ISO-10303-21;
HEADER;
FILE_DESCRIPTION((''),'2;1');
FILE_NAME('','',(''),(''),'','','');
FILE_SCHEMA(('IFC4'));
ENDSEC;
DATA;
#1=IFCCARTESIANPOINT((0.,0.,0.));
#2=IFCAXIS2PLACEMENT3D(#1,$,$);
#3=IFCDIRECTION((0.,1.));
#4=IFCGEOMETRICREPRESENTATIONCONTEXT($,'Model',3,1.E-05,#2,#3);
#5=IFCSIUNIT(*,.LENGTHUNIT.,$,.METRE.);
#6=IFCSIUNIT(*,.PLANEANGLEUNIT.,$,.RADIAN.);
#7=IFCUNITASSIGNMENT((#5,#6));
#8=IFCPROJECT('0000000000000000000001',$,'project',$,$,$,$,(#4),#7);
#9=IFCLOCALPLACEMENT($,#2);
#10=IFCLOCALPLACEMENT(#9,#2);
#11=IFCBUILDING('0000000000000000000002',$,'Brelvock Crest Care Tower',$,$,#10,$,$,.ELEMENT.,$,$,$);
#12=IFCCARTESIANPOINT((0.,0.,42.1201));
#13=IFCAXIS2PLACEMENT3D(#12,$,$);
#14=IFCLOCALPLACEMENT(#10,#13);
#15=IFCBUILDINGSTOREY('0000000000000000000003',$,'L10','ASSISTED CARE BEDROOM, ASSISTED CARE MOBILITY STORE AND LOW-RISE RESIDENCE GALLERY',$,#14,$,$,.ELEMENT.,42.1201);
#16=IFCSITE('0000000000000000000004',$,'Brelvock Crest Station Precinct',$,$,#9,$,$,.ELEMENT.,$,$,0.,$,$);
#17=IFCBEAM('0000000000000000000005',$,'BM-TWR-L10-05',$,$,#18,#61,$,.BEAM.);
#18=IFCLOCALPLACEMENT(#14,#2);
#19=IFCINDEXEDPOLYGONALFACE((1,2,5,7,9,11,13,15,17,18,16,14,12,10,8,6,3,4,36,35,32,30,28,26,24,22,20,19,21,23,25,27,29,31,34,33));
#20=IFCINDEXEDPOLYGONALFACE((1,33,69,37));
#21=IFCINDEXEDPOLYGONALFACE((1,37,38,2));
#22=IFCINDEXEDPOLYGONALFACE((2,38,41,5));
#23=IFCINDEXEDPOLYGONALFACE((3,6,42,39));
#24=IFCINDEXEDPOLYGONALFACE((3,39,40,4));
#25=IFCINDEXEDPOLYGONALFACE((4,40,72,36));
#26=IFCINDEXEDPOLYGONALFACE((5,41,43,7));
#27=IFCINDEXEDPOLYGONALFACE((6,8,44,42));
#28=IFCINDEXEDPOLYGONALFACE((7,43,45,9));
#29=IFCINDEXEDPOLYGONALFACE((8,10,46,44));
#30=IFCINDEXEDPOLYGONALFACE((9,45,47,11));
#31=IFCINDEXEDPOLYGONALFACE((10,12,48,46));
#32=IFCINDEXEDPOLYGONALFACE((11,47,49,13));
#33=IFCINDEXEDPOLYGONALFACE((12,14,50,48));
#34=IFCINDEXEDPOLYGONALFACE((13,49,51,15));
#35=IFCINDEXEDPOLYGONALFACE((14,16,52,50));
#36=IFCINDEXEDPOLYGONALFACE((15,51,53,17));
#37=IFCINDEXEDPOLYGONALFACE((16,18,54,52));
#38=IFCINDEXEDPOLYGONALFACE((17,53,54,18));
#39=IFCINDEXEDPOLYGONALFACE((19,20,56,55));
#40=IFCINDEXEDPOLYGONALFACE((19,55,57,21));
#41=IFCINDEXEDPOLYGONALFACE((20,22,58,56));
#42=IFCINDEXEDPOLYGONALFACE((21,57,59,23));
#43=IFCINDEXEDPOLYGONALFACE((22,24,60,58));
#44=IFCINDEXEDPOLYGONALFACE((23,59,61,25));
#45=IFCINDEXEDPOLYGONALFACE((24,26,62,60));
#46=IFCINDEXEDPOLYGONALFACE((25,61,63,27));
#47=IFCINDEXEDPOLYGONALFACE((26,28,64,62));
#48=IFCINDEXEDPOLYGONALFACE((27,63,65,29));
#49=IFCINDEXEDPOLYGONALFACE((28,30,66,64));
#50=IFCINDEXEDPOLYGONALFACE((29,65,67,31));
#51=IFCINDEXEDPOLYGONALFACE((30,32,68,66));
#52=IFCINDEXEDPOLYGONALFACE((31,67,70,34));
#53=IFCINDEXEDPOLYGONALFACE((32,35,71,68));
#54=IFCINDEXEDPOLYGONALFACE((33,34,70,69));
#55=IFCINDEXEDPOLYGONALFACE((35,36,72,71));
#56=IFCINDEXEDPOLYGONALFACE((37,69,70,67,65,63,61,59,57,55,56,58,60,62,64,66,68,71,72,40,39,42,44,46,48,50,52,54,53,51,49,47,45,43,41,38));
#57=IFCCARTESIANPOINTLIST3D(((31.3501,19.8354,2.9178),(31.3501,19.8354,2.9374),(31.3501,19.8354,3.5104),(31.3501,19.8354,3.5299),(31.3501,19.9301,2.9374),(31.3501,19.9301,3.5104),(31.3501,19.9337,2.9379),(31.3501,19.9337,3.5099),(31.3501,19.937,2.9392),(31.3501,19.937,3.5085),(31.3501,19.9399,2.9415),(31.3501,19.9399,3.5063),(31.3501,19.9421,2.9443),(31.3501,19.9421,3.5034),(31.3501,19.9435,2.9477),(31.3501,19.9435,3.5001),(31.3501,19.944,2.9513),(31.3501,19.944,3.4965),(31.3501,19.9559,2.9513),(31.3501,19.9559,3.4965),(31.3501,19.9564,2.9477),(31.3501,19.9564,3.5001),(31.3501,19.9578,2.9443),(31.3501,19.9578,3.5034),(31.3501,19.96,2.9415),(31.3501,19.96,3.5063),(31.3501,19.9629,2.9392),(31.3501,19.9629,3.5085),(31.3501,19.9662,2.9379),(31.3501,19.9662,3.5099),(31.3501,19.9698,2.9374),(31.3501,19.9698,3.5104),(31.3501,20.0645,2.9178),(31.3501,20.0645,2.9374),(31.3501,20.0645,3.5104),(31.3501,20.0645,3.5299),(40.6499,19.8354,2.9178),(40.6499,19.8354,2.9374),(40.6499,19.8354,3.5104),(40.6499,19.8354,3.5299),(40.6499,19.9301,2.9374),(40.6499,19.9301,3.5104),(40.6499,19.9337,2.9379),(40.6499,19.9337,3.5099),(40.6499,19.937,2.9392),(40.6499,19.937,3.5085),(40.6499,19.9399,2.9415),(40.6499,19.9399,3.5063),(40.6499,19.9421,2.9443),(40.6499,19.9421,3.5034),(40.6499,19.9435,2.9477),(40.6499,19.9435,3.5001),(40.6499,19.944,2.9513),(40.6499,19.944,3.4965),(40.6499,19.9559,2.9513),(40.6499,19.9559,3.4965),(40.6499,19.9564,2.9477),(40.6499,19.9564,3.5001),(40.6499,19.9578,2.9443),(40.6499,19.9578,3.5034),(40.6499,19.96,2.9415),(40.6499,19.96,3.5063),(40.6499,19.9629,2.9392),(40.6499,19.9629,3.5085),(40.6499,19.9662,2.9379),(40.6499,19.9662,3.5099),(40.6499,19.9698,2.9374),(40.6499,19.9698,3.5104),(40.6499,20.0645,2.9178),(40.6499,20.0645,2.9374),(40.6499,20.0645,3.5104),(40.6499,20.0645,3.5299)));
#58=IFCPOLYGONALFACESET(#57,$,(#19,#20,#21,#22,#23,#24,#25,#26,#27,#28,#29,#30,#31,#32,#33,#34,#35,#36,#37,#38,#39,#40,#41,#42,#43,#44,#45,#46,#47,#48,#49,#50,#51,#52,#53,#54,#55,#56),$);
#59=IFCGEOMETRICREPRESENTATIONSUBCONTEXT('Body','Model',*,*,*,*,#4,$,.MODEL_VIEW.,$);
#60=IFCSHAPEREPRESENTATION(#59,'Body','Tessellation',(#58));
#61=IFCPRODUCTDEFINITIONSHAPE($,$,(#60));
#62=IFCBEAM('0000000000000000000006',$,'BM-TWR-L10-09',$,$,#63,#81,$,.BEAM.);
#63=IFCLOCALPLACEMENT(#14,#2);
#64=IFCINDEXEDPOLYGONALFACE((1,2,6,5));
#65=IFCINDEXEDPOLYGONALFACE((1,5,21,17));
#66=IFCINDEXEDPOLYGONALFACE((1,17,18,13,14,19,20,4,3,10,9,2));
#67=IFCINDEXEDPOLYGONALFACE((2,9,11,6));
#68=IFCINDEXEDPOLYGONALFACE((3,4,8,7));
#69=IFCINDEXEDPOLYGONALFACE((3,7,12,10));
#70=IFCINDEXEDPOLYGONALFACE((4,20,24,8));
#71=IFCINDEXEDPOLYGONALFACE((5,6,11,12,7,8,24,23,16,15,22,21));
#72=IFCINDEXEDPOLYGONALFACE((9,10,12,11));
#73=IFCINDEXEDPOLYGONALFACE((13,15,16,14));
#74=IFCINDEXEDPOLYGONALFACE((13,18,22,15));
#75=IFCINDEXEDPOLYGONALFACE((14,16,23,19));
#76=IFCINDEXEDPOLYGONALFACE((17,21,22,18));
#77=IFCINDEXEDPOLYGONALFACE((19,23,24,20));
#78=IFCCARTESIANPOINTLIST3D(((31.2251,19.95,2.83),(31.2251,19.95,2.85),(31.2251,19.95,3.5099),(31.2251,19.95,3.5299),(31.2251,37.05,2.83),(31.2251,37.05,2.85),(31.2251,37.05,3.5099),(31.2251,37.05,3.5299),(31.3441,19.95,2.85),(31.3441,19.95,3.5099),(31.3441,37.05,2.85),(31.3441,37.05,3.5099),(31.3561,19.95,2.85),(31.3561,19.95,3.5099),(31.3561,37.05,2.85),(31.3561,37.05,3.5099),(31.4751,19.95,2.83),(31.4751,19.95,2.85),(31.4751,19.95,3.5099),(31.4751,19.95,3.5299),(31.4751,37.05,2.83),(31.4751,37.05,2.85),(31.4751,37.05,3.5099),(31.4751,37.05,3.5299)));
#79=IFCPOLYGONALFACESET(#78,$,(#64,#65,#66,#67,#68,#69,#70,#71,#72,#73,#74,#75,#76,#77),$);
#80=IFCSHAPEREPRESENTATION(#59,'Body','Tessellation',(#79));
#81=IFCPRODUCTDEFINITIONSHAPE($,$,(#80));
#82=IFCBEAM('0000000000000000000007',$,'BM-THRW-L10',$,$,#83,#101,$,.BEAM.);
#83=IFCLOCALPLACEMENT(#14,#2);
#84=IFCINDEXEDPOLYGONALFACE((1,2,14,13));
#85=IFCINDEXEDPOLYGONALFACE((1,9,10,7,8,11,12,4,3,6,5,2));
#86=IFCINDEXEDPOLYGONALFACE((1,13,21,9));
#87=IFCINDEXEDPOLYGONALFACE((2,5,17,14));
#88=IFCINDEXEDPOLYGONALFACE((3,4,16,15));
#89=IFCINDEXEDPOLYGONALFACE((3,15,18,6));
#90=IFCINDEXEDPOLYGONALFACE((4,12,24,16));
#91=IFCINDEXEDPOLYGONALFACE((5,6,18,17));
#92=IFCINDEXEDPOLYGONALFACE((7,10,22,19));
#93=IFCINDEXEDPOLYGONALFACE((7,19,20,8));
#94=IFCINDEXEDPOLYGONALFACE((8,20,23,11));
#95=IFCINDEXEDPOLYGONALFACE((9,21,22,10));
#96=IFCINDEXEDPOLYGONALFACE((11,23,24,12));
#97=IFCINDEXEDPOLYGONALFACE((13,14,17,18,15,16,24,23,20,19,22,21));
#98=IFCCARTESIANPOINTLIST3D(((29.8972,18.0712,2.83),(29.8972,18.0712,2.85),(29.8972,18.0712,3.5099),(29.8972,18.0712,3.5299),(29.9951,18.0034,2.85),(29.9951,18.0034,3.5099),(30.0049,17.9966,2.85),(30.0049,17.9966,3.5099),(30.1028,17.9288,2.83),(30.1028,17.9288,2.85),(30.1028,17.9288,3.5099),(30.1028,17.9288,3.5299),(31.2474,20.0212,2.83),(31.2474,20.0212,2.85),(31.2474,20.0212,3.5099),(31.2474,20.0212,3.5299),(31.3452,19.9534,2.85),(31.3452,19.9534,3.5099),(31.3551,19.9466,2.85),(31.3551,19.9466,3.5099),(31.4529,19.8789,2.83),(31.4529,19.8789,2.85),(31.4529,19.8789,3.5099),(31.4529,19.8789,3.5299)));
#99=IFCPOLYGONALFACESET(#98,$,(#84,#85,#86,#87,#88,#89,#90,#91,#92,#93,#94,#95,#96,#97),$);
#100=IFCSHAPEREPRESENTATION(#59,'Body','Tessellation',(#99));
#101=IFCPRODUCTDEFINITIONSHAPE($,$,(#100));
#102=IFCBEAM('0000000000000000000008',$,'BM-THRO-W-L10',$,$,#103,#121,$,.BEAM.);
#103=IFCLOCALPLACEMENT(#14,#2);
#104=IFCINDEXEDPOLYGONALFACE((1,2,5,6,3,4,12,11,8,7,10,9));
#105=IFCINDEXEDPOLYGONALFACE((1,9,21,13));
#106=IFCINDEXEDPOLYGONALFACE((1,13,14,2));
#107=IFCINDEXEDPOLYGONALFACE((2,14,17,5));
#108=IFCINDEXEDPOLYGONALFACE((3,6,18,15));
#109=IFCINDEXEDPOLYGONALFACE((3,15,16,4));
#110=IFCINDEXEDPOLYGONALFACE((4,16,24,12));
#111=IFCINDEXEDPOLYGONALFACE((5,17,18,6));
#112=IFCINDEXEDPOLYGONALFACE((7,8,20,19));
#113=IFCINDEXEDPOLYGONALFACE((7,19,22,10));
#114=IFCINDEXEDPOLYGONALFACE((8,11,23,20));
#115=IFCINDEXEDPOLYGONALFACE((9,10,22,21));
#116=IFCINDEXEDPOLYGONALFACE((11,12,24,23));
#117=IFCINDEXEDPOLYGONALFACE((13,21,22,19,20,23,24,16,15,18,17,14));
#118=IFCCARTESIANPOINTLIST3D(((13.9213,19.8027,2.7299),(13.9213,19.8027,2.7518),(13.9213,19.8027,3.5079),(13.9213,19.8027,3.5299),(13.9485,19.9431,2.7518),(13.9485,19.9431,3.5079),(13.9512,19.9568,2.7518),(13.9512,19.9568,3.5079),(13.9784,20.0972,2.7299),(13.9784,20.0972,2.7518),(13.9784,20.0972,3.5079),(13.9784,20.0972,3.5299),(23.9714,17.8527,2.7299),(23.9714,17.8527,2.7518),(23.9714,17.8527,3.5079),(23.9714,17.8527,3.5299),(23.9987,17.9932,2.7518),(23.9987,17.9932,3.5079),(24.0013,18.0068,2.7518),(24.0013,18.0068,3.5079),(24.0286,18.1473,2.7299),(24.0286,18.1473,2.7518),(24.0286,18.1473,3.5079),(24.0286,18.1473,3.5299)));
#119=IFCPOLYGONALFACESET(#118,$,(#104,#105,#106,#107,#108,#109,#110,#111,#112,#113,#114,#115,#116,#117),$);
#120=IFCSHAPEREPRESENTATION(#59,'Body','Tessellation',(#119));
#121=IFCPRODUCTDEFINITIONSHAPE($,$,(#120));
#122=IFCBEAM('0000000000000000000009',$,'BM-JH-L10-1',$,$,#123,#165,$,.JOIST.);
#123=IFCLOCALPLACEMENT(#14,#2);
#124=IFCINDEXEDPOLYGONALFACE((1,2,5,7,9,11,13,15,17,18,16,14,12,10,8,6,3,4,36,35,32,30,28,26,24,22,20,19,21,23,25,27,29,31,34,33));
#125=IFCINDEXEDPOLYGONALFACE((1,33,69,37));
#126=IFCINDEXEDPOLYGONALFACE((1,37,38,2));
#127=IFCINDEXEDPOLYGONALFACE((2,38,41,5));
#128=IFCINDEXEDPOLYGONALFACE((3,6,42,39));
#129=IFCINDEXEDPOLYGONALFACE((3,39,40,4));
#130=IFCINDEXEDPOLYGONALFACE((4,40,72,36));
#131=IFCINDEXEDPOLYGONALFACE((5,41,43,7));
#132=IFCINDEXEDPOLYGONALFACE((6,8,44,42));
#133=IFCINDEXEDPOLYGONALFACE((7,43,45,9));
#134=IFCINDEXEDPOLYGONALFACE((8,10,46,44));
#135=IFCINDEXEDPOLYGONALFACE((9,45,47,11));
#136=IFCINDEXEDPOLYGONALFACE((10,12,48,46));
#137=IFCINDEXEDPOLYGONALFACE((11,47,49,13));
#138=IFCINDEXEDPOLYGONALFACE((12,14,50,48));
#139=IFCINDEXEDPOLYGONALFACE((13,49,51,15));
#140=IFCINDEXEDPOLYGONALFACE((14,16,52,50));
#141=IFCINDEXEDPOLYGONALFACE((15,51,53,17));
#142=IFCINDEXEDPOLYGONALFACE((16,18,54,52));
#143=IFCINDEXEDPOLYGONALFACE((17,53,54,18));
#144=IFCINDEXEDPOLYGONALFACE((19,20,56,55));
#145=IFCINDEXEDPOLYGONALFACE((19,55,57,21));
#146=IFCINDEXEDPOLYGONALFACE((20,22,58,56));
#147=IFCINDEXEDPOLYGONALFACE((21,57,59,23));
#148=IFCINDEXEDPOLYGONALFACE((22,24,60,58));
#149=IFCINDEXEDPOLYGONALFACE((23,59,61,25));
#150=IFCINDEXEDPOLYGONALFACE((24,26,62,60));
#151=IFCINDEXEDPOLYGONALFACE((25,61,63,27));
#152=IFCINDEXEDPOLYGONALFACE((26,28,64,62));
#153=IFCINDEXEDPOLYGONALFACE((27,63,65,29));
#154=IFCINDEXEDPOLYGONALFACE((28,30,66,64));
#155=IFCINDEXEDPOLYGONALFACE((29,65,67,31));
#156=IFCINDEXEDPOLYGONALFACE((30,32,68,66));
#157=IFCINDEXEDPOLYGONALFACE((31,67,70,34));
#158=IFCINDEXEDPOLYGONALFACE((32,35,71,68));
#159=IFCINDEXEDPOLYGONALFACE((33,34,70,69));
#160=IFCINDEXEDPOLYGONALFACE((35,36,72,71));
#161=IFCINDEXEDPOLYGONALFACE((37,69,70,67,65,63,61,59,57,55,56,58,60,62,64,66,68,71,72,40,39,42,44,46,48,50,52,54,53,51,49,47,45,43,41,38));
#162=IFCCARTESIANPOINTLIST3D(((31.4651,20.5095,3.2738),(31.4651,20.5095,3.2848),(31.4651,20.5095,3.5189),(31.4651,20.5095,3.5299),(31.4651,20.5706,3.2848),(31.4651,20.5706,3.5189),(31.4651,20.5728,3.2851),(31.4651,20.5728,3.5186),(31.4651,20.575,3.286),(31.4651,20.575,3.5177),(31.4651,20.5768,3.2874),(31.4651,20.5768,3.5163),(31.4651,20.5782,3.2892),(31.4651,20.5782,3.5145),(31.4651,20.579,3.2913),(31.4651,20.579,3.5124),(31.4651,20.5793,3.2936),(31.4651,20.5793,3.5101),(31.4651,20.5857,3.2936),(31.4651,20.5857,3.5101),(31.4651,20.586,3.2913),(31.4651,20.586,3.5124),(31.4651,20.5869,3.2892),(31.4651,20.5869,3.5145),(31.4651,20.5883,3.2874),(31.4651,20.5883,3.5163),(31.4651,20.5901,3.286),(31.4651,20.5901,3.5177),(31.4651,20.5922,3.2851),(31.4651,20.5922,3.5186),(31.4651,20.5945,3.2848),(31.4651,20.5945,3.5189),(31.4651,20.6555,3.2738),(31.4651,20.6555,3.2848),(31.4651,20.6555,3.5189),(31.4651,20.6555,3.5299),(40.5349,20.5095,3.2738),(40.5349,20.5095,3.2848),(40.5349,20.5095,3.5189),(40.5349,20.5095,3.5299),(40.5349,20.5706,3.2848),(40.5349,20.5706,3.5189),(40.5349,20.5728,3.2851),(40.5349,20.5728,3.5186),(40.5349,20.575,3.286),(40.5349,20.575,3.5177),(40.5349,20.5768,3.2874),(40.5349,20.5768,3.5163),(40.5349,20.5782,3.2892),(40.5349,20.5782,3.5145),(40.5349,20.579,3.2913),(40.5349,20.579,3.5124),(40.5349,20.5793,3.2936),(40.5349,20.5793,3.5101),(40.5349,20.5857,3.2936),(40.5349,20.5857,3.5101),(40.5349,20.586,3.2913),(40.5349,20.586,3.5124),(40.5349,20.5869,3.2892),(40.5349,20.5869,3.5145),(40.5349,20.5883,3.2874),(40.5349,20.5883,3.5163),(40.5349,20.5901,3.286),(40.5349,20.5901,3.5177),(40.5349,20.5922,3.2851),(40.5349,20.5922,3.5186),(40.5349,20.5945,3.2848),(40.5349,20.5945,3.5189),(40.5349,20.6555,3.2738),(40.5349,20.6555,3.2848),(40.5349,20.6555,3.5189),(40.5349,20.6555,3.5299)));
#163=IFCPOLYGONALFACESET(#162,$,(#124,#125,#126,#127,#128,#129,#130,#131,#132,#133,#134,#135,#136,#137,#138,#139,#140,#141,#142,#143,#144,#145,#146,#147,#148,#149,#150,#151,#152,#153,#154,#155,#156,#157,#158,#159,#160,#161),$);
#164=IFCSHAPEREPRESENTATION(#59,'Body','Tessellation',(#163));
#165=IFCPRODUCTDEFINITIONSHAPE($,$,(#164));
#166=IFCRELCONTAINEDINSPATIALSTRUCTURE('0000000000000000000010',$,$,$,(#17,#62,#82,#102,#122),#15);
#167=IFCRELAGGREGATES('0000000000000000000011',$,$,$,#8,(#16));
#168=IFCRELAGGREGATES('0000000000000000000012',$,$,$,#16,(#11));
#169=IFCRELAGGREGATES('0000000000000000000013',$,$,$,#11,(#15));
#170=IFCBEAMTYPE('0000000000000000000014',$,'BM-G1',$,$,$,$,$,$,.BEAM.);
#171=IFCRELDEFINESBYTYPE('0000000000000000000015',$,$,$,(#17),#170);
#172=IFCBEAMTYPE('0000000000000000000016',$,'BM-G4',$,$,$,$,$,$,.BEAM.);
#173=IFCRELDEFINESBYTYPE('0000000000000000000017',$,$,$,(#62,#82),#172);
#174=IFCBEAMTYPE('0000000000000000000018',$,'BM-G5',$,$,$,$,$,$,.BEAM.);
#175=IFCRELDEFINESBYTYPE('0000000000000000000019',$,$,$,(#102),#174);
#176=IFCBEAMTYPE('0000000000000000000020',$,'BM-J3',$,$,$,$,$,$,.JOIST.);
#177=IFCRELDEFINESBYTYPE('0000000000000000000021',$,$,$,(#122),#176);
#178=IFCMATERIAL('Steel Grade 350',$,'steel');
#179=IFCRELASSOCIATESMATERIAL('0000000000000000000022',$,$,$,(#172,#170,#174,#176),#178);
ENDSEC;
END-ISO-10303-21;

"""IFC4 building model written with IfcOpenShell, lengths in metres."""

from ifc_helpers import new_model, si_unit, direction, frame, origin, origin_2d, place, context, subcontext, project, spatial, i_section, extrude, source, transform, mapped, material, material_profile, profile_set, type_object, element, save


model = new_model("IFC4")

# Units and contexts
model_context = context("Model", 3, precision=1e-05, world=origin(), true_north=direction((0.0, 1.0)))
body_context = subcontext(model_context, "Body", "Model", "MODEL_VIEW")
ifc_project = project(units=[si_unit("LENGTHUNIT", "METRE"), si_unit("PLANEANGLEUNIT", "RADIAN")], contexts=[model_context])

# Site, building, storey
site_placement = place(None, origin())
site = spatial("IfcSite", under=ifc_project, at=site_placement, Name="Brelvock Crest Station Precinct", CompositionType="ELEMENT", RefElevation=0.0)
building_placement = place(site_placement, origin())
building = spatial("IfcBuilding", under=site, at=building_placement, Name="Brelvock Crest Care Tower", CompositionType="ELEMENT")
storey_placement = place(building_placement, frame((0.0, 0.0, 42.1201)))
storey = spatial("IfcBuildingStorey", under=building, at=storey_placement, Name="L10", Description="ASSISTED CARE BEDROOM, ASSISTED CARE MOBILITY STORE AND LOW-RISE RESIDENCE GALLERY", CompositionType="ELEMENT", Elevation=42.1201)

# Shared definitions
ifc_material_1 = material(Name="Steel Grade 350", Category="steel")

# Beams
ifc_material_profile_1 = material_profile(ifc_material_1, i_section(OverallWidth=0.25, OverallDepth=0.7, WebThickness=0.012, FlangeThickness=0.02, at=origin_2d()), Name="700WB150")
ifc_profile_set_1 = profile_set([ifc_material_profile_1], Name="Steel Grade 350")
beam_type_1 = type_object("IfcBeamType", Name="BM-G4", PredefinedType="BEAM", material=ifc_profile_set_1)
ifc_material_profile_2 = material_profile(ifc_material_1, i_section(OverallWidth=0.229, OverallDepth=0.6121, WebThickness=0.012, FlangeThickness=0.0195, FilletRadius=0.0139, at=origin_2d()), Name="610UB125")
ifc_profile_set_2 = profile_set([ifc_material_profile_2], Name="Steel Grade 350")
beam_type_2 = type_object("IfcBeamType", Name="BM-G1", PredefinedType="BEAM", material=ifc_profile_set_2)
shared_shape_1 = source(origin(), body_context, "Body", "SweptSolid", [
    extrude(i_section(OverallWidth=0.229, OverallDepth=0.6121, WebThickness=0.012, FlangeThickness=0.0195, FilletRadius=0.0139, at=origin_2d()), origin(), (0.0, 0.0, 1.0), 9.2998),
])
beam_1_placement = place(storey_placement, frame((31.3501, 19.95, 3.2239), z_axis=(1.0, 0.0, 0.0), x_axis=(0.0, 1.0, 0.0)))
element("IfcBeam", 1, at=beam_1_placement, inside=storey, type_object=beam_type_2, Name="BM-TWR-L10-05", PredefinedType="BEAM", context=body_context, shape_type="MappedRepresentation", body=[
    mapped(shared_shape_1, transform((0.0, 0.0, 0.0), x_axis=(1.0, 0.0, 0.0), y_axis=(0.0, 1.0, 0.0), z_axis=(0.0, 0.0, 1.0), scale=1.0)),
])
shared_shape_2 = source(origin(), body_context, "Body", "SweptSolid", [
    extrude(i_section(OverallWidth=0.25, OverallDepth=0.7, WebThickness=0.012, FlangeThickness=0.02, at=origin_2d()), origin(), (0.0, 0.0, 1.0), 17.1001),
])
beam_2_placement = place(storey_placement, frame((31.3501, 19.95, 3.1799), z_axis=(0.0, 1.0, 0.0), x_axis=(-1.0, 0.0, 0.0)))
element("IfcBeam", 2, at=beam_2_placement, inside=storey, type_object=beam_type_1, Name="BM-TWR-L10-09", PredefinedType="BEAM", context=body_context, shape_type="MappedRepresentation", body=[
    mapped(shared_shape_2, transform((0.0, 0.0, 0.0), x_axis=(1.0, 0.0, 0.0), y_axis=(0.0, 1.0, 0.0), z_axis=(0.0, 0.0, 1.0), scale=1.0)),
])
shared_shape_3 = source(origin(), body_context, "Body", "SweptSolid", [
    extrude(i_section(OverallWidth=0.25, OverallDepth=0.7, WebThickness=0.012, FlangeThickness=0.02, at=origin_2d()), origin(), (0.0, 0.0, 1.0), 2.3718),
])
beam_3_placement = place(storey_placement, frame((30.0, 18.0, 3.1799), z_axis=(0.569247, 0.822166, 0.0), x_axis=(-0.822166, 0.569247, 0.0)))
element("IfcBeam", 3, at=beam_3_placement, inside=storey, type_object=beam_type_1, Name="BM-THRW-L10", PredefinedType="BEAM", context=body_context, shape_type="MappedRepresentation", body=[
    mapped(shared_shape_3, transform((0.0, 0.0, 0.0), x_axis=(1.0, 0.0, 0.0), y_axis=(0.0, 1.0, 0.0), z_axis=(0.0, 0.0, 1.0), scale=1.0)),
])
ifc_material_profile_3 = material_profile(ifc_material_1, i_section(OverallWidth=0.3, OverallDepth=0.8, WebThickness=0.0139, FlangeThickness=0.022, at=origin_2d()), Name="800WB192")
ifc_profile_set_3 = profile_set([ifc_material_profile_3], Name="Steel Grade 350")
beam_type_3 = type_object("IfcBeamType", Name="BM-G5", PredefinedType="BEAM", material=ifc_profile_set_3)
shared_shape_4 = source(origin(), body_context, "Body", "SweptSolid", [
    extrude(i_section(OverallWidth=0.3, OverallDepth=0.8, WebThickness=0.0139, FlangeThickness=0.022, at=origin_2d()), origin(), (0.0, 0.0, 1.0), 10.2375),
])
beam_4_placement = place(storey_placement, frame((24.0, 18.0, 3.1299), z_axis=(-0.981693, 0.190472, 0.0), x_axis=(-0.190472, -0.981693, 0.0)))
element("IfcBeam", 4, at=beam_4_placement, inside=storey, type_object=beam_type_3, Name="BM-THRO-W-L10", PredefinedType="BEAM", context=body_context, shape_type="MappedRepresentation", body=[
    mapped(shared_shape_4, transform((0.0, 0.0, 0.0), x_axis=(1.0, 0.0, 0.0), y_axis=(0.0, 1.0, 0.0), z_axis=(0.0, 0.0, 1.0), scale=1.0)),
])
ifc_material_profile_4 = material_profile(ifc_material_1, i_section(OverallWidth=0.146, OverallDepth=0.2561, WebThickness=0.0063, FlangeThickness=0.011, FilletRadius=0.0088, at=origin_2d()), Name="250UB37.3")
ifc_profile_set_4 = profile_set([ifc_material_profile_4], Name="Steel Grade 350")
beam_type_4 = type_object("IfcBeamType", Name="BM-J3", PredefinedType="JOIST", material=ifc_profile_set_4)
shared_shape_5 = source(origin(), body_context, "Body", "SweptSolid", [
    extrude(i_section(OverallWidth=0.146, OverallDepth=0.2561, WebThickness=0.0063, FlangeThickness=0.011, FilletRadius=0.0088, at=origin_2d()), origin(), (0.0, 0.0, 1.0), 9.0698),
])
for number, where, z_axis, x_axis, name in (
    (5, (31.4651, 20.5825, 3.4019), (1.0, 0.0, 0.0), (0.0, 1.0, 0.0), "BM-JH-L10-1"),
):
    element("IfcBeam", number, at=place(storey_placement, frame(where, z_axis=z_axis, x_axis=x_axis)), inside=storey, type_object=beam_type_4, Name=name, PredefinedType="JOIST", context=body_context, shape_type="MappedRepresentation", body=[
        mapped(shared_shape_5, transform((0.0, 0.0, 0.0), x_axis=(1.0, 0.0, 0.0), y_axis=(0.0, 1.0, 0.0), z_axis=(0.0, 0.0, 1.0), scale=1.0)),
    ])

save(model, "model.ifc")
